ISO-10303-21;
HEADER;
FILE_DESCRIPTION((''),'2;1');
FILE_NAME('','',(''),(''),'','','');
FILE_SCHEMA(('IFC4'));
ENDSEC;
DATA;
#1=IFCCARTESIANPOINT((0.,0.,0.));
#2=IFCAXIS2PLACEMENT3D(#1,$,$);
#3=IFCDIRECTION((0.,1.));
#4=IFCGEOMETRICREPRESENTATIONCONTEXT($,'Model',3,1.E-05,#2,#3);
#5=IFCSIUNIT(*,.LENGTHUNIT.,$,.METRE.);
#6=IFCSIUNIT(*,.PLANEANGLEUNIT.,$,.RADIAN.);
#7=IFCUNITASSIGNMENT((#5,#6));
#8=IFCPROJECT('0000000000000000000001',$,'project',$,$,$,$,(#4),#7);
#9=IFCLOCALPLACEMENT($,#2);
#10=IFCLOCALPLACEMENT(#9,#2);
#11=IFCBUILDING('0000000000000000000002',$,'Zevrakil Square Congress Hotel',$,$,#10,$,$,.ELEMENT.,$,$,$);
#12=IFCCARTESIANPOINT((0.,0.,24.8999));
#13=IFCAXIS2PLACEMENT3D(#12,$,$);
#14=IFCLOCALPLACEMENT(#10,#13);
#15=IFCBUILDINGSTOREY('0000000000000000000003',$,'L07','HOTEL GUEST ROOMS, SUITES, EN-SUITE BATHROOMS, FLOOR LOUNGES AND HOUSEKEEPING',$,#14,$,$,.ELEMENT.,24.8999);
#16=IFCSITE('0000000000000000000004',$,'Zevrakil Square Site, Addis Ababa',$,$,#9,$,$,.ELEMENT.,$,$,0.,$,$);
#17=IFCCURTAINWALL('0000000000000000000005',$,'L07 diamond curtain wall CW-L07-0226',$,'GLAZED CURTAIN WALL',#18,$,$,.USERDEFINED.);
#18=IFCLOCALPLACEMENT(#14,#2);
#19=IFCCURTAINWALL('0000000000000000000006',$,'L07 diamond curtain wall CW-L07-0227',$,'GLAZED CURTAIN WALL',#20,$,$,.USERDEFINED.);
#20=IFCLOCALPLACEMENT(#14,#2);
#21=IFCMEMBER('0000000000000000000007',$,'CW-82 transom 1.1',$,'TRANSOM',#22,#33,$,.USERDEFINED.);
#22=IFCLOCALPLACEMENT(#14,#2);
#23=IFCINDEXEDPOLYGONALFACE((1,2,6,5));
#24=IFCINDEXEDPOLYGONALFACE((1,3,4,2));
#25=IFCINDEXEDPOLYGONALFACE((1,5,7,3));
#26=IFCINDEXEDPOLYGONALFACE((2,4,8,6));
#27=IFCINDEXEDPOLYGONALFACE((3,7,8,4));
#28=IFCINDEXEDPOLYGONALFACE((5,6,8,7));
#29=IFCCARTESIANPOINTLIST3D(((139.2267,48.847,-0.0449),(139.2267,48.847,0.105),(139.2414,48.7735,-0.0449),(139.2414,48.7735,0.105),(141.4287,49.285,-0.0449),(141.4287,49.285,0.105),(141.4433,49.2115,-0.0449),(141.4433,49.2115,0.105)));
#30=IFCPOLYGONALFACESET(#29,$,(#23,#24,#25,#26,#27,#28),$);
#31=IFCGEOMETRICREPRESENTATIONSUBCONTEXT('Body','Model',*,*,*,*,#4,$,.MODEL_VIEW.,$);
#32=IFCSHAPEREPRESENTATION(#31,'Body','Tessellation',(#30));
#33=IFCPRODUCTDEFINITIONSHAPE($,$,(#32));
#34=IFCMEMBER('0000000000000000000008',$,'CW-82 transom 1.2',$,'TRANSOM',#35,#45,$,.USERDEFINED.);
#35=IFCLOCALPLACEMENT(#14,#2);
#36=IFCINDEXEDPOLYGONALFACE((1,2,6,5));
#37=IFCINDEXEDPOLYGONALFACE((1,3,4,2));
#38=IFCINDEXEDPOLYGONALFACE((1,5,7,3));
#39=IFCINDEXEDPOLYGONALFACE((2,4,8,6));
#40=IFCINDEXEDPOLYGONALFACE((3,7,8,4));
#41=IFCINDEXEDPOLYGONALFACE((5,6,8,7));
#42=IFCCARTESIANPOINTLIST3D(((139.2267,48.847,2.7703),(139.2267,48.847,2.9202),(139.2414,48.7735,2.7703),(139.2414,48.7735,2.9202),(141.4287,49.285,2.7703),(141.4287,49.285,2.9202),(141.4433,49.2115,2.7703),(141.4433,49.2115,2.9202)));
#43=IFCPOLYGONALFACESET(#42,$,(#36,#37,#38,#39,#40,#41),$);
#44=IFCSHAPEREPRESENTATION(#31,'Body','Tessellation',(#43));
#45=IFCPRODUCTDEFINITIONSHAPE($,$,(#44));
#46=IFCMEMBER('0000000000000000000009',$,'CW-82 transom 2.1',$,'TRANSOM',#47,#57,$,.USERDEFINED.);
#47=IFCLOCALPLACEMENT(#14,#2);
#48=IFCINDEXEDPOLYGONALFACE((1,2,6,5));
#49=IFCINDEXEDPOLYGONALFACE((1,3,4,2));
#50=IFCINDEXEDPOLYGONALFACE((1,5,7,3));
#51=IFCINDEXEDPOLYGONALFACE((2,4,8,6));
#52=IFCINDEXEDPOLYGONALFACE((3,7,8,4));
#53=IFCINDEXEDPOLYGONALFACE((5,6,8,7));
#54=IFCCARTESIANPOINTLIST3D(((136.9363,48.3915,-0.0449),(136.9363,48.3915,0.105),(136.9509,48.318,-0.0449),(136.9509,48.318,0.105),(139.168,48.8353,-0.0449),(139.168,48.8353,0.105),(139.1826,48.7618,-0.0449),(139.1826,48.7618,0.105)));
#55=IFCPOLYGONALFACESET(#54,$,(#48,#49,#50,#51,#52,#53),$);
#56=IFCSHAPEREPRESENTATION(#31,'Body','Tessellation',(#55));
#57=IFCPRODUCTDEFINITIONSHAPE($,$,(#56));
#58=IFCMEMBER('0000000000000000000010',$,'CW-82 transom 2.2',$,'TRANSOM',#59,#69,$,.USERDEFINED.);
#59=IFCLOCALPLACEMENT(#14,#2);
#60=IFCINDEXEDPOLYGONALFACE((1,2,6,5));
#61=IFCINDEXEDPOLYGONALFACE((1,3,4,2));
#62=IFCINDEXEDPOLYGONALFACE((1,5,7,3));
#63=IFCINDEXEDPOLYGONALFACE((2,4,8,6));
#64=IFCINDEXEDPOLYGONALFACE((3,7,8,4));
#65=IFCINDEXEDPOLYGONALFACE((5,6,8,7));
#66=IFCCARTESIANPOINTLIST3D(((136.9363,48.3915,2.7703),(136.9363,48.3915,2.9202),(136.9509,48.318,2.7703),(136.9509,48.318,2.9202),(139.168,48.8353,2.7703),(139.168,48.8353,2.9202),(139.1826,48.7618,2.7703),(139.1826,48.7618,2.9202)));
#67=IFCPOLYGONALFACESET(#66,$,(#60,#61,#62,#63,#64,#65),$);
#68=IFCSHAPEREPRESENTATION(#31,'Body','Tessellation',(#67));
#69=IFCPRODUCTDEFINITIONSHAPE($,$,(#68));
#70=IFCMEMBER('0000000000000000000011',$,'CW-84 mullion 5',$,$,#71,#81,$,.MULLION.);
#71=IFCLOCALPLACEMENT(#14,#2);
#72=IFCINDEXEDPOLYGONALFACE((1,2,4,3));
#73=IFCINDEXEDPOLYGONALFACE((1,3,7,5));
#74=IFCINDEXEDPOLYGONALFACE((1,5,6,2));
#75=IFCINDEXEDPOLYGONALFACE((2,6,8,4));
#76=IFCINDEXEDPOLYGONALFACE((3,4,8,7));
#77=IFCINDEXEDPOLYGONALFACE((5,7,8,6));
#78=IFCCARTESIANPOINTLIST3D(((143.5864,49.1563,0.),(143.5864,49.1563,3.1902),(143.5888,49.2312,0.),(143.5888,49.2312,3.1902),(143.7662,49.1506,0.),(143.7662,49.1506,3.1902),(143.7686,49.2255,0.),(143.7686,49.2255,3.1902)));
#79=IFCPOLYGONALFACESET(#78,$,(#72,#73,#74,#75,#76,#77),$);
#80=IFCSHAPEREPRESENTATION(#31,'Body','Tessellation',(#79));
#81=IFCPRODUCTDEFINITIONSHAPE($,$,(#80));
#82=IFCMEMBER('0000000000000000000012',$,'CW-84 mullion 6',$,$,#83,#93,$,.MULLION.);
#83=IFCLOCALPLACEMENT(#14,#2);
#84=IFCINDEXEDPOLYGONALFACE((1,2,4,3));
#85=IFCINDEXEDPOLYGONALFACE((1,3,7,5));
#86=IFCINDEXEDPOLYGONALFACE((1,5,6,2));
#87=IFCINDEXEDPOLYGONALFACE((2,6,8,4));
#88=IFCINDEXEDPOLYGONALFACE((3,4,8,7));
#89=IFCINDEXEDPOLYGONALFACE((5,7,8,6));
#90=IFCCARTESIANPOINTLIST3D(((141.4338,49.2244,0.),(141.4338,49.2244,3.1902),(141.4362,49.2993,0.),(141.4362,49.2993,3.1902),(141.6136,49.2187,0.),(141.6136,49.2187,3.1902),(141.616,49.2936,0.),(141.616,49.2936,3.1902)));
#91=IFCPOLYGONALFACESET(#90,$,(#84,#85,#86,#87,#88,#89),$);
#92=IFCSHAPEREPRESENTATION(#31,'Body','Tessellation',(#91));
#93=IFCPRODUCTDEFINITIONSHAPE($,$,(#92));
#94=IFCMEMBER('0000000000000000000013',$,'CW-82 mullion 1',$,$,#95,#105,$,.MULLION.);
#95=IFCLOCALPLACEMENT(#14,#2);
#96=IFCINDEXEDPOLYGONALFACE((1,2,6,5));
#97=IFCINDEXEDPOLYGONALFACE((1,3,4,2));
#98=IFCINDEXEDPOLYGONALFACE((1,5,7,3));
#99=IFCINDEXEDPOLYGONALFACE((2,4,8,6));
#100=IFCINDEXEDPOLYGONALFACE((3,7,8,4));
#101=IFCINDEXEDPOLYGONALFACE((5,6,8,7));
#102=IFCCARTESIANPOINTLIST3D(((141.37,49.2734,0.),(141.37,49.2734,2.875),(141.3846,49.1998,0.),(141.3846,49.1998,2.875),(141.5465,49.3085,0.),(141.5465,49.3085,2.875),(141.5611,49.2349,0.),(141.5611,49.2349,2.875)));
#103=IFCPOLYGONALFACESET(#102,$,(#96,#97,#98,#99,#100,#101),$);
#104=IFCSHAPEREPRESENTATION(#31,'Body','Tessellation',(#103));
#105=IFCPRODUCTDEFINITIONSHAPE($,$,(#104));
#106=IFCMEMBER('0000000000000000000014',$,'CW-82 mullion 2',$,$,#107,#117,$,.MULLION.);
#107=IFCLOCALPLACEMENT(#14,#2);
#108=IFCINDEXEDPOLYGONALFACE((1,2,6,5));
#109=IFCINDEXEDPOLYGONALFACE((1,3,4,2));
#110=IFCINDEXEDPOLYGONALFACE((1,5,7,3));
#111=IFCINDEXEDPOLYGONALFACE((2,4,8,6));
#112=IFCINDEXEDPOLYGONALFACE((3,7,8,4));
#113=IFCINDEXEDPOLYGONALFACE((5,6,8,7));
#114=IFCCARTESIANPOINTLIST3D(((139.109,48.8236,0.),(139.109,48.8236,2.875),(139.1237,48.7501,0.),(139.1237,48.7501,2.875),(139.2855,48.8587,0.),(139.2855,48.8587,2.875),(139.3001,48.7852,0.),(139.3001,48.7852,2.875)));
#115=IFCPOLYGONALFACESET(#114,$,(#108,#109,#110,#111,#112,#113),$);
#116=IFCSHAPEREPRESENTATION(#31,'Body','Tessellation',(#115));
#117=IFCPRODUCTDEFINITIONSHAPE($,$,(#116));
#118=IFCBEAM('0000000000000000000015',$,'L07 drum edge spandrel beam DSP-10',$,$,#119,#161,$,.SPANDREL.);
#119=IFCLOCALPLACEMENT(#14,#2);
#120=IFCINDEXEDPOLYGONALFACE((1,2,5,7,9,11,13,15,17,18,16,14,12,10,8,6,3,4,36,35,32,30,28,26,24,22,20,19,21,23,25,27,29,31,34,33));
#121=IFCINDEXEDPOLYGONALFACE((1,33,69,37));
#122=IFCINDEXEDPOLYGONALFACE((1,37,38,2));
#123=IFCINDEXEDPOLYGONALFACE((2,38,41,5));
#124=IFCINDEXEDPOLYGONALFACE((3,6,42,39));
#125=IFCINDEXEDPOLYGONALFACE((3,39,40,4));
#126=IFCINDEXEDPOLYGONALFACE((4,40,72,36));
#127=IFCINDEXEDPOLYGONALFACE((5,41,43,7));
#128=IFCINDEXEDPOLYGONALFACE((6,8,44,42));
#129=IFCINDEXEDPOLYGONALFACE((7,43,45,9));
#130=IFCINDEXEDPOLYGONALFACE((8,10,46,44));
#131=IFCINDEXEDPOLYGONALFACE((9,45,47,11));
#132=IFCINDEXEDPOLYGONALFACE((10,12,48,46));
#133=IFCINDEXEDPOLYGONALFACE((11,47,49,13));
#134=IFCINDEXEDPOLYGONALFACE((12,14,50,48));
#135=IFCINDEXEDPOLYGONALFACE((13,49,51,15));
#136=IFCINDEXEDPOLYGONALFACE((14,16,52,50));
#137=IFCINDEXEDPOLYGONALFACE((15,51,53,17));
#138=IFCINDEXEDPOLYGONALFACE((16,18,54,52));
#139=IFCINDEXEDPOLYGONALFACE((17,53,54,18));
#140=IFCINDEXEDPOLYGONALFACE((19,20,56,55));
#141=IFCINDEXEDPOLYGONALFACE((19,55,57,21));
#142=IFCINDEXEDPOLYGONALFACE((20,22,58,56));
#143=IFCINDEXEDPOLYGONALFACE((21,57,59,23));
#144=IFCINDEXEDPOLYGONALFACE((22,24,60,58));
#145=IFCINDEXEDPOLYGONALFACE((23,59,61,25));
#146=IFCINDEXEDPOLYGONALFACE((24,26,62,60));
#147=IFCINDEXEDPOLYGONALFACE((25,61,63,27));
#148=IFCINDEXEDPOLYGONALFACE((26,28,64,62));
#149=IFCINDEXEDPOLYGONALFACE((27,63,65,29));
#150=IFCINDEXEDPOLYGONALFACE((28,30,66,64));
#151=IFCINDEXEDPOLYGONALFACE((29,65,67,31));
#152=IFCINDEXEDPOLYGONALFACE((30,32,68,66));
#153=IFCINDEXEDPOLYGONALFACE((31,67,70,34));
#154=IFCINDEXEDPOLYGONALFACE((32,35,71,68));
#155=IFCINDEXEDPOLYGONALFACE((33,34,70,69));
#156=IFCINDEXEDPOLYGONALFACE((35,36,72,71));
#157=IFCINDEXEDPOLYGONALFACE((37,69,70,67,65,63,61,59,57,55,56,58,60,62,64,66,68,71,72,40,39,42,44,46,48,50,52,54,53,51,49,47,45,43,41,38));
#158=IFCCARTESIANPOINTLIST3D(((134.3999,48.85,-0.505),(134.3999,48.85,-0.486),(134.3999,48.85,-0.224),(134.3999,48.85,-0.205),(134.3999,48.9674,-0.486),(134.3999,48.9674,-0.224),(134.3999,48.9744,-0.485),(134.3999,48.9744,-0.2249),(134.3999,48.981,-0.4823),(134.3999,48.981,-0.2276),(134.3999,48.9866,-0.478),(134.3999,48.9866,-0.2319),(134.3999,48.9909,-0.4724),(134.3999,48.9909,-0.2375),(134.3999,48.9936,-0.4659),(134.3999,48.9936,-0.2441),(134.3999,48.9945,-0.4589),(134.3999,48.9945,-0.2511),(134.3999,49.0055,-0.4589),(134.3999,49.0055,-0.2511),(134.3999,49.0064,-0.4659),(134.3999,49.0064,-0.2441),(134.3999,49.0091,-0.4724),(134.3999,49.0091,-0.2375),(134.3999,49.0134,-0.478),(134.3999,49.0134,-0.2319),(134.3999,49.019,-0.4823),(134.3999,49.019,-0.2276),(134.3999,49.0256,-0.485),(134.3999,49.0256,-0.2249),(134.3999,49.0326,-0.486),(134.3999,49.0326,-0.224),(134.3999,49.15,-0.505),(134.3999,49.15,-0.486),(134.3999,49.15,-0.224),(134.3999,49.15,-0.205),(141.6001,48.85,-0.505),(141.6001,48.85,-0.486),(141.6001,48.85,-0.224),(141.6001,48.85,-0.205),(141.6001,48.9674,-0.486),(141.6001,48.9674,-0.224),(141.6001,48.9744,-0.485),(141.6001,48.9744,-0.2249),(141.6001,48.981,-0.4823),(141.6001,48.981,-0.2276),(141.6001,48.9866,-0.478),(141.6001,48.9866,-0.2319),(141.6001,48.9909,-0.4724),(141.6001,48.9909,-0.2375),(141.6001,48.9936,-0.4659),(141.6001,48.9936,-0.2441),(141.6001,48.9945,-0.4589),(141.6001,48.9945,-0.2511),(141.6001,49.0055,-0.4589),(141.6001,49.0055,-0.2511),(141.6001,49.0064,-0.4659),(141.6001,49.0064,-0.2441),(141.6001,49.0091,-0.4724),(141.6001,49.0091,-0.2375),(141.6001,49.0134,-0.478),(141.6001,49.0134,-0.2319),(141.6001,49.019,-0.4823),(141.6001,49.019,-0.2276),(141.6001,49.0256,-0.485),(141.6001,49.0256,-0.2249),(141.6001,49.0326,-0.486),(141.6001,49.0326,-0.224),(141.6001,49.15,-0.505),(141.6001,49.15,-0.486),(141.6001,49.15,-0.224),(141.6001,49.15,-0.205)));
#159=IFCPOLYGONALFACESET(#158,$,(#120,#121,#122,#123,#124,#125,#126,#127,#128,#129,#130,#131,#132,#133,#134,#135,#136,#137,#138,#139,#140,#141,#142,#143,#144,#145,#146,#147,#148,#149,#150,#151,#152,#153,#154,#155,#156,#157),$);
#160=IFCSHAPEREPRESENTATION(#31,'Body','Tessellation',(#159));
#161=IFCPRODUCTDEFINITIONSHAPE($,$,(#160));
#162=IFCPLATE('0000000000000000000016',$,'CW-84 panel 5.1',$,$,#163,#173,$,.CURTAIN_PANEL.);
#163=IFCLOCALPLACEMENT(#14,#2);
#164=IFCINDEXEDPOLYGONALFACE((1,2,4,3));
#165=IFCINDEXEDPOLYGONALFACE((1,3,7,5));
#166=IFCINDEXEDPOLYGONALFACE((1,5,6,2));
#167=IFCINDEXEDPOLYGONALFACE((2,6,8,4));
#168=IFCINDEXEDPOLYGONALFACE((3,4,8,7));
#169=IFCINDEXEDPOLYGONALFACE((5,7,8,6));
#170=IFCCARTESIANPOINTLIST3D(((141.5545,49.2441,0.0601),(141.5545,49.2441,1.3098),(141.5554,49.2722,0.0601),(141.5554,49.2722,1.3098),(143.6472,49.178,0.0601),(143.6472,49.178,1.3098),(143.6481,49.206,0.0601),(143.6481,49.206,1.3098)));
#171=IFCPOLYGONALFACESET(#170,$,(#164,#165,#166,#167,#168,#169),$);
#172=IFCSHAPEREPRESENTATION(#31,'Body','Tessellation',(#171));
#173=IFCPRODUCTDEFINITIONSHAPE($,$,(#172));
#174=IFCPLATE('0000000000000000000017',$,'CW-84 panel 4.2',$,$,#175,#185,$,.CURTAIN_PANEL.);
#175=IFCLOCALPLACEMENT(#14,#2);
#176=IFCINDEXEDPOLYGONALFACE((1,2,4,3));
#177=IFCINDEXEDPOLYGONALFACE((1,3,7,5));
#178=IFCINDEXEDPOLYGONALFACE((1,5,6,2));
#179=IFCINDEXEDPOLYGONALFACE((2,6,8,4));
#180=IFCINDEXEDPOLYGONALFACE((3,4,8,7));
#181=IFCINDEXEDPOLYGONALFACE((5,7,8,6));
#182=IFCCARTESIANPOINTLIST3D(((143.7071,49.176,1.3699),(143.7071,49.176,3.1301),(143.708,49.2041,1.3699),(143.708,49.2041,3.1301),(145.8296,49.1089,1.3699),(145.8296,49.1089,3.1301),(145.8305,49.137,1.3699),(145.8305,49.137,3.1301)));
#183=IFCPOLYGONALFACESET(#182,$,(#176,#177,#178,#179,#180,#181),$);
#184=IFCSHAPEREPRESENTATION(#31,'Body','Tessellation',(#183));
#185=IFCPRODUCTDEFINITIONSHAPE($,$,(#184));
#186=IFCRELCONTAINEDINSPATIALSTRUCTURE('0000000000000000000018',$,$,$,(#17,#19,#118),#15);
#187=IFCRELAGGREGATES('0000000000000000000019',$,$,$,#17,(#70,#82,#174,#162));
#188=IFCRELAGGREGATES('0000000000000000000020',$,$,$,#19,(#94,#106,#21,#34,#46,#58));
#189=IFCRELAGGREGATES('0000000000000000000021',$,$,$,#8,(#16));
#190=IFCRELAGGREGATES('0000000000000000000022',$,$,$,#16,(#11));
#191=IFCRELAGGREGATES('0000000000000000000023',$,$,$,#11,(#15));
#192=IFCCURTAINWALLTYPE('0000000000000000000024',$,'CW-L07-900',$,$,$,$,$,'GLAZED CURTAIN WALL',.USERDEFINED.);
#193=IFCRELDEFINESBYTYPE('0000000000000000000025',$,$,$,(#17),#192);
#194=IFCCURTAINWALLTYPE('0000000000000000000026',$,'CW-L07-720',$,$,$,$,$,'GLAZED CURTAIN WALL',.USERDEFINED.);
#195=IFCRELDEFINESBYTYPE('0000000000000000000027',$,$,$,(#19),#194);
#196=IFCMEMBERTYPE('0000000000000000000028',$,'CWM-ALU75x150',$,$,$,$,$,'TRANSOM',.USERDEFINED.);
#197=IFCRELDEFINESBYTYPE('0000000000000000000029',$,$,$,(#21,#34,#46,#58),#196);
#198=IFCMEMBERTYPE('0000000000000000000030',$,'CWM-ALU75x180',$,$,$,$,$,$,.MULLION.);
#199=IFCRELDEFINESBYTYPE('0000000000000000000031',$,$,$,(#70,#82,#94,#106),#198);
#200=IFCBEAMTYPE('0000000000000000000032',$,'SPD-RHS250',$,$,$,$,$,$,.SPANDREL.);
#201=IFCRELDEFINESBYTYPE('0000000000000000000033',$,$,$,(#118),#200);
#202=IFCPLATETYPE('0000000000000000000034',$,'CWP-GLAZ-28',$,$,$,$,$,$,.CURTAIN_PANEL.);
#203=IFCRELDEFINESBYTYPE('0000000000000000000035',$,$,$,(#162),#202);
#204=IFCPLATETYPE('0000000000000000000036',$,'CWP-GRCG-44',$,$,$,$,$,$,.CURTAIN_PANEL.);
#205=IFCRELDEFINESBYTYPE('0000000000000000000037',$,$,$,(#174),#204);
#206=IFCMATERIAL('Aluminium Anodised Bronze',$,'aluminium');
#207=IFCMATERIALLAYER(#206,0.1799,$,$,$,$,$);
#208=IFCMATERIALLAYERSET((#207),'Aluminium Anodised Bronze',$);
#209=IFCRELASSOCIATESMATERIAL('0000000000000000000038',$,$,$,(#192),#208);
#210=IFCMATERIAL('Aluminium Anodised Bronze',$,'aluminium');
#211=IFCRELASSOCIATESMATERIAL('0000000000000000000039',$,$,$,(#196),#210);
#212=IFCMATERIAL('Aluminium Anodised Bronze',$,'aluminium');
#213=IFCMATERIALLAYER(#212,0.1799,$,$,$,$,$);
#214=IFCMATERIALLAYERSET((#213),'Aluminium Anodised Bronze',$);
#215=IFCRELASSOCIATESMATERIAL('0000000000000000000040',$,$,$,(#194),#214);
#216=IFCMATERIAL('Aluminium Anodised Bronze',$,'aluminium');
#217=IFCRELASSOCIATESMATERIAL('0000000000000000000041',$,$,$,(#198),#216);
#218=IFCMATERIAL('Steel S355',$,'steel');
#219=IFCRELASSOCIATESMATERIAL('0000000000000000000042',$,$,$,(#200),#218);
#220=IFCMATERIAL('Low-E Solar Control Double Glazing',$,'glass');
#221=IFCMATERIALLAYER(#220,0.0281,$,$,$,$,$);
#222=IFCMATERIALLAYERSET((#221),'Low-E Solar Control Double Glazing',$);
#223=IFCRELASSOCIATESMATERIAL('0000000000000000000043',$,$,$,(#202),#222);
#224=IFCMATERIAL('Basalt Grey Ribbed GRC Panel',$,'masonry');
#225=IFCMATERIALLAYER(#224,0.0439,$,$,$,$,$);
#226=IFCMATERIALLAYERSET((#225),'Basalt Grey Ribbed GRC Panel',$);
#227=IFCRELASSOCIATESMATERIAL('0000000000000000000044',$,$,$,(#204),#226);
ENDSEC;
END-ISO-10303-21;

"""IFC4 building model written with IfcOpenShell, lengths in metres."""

from ifc_helpers import new_model, si_unit, direction, frame, origin, origin_2d, place, context, subcontext, project, spatial, rectangle, i_section, extrude, material, layer, layer_set, material_profile, profile_set, type_object, element, aggregate, save


model = new_model("IFC4")

# Units and contexts
model_context = context("Model", 3, precision=1e-05, world=origin(), true_north=direction((0.0, 1.0)))
body_context = subcontext(model_context, "Body", "Model", "MODEL_VIEW")
ifc_project = project(units=[si_unit("LENGTHUNIT", "METRE"), si_unit("PLANEANGLEUNIT", "RADIAN")], contexts=[model_context])

# Site, building, storey
site_placement = place(None, origin())
site = spatial("IfcSite", under=ifc_project, at=site_placement, Name="Zevrakil Square Site, Addis Ababa", CompositionType="ELEMENT", RefElevation=0.0)
building_placement = place(site_placement, origin())
building = spatial("IfcBuilding", under=site, at=building_placement, Name="Zevrakil Square Congress Hotel", CompositionType="ELEMENT")
storey_placement = place(building_placement, frame((0.0, 0.0, 24.8999)))
storey = spatial("IfcBuildingStorey", under=building, at=storey_placement, Name="L07", Description="HOTEL GUEST ROOMS, SUITES, EN-SUITE BATHROOMS, FLOOR LOUNGES AND HOUSEKEEPING", CompositionType="ELEMENT", Elevation=24.8999)

# Curtain walls, members
ifc_material_1 = material(Name="Aluminium Anodised Bronze", Category="aluminium")
ifc_layer_1 = layer(ifc_material_1, 0.1799)
ifc_layer_set_1 = layer_set([ifc_layer_1], Name="Aluminium Anodised Bronze")
curtain_wall_type_1 = type_object("IfcCurtainWallType", Name="CW-L07-900", ElementType="GLAZED CURTAIN WALL", PredefinedType="USERDEFINED", material=ifc_layer_set_1)
curtain_wall_1_placement = place(storey_placement, origin())
curtain_wall_1 = element("IfcCurtainWall", 1, at=curtain_wall_1_placement, inside=storey, type_object=curtain_wall_type_1, Name="L07 diamond curtain wall CW-L07-0226", ObjectType="GLAZED CURTAIN WALL", PredefinedType="USERDEFINED")
ifc_material_2 = material(Name="Aluminium Anodised Bronze", Category="aluminium")
ifc_material_profile_1 = material_profile(ifc_material_2, rectangle(XDim=0.075, YDim=0.1499, at=origin_2d()), Name="ALU 75x150")
ifc_profile_set_1 = profile_set([ifc_material_profile_1], Name="Aluminium Anodised Bronze")
member_type_1 = type_object("IfcMemberType", Name="CWM-ALU75x150", ElementType="TRANSOM", PredefinedType="USERDEFINED", material=ifc_profile_set_1)
ifc_material_3 = material(Name="Aluminium Anodised Bronze", Category="aluminium")
ifc_layer_2 = layer(ifc_material_3, 0.1799)
ifc_layer_set_2 = layer_set([ifc_layer_2], Name="Aluminium Anodised Bronze")
curtain_wall_type_2 = type_object("IfcCurtainWallType", Name="CW-L07-720", ElementType="GLAZED CURTAIN WALL", PredefinedType="USERDEFINED", material=ifc_layer_set_2)
curtain_wall_2_placement = place(storey_placement, origin())
curtain_wall_2 = element("IfcCurtainWall", 2, at=curtain_wall_2_placement, inside=storey, type_object=curtain_wall_type_2, Name="L07 diamond curtain wall CW-L07-0227", ObjectType="GLAZED CURTAIN WALL", PredefinedType="USERDEFINED")
member_1_placement = place(storey_placement, frame((141.436, 49.2483, 0.03), z_axis=(-0.980785, -0.195091, 0.0), x_axis=(0.195091, -0.980785, 0.0)))
member_1 = element("IfcMember", 3, at=member_1_placement, type_object=member_type_1, Name="CW-82 transom 1.1", ObjectType="TRANSOM", PredefinedType="USERDEFINED", context=body_context, shape_type="SweptSolid", body=[
    extrude(rectangle(XDim=0.075, YDim=0.1499, at=origin_2d()), origin(), (0.0, 0.0, 1.0), 2.2451),
])
member_2_placement = place(storey_placement, frame((141.436, 49.2483, 2.8452), z_axis=(-0.980785, -0.195091, 0.0), x_axis=(0.195091, -0.980785, 0.0)))
member_2 = element("IfcMember", 4, at=member_2_placement, type_object=member_type_1, Name="CW-82 transom 1.2", ObjectType="TRANSOM", PredefinedType="USERDEFINED", context=body_context, shape_type="SweptSolid", body=[
    extrude(rectangle(XDim=0.075, YDim=0.1499, at=origin_2d()), origin(), (0.0, 0.0, 1.0), 2.2451),
])
member_3_placement = place(storey_placement, frame((139.1753, 48.7986, 0.03), z_axis=(-0.980791, -0.195064, 0.0), x_axis=(0.195064, -0.980791, 0.0)))
member_3 = element("IfcMember", 5, at=member_3_placement, type_object=member_type_1, Name="CW-82 transom 2.1", ObjectType="TRANSOM", PredefinedType="USERDEFINED", context=body_context, shape_type="SweptSolid", body=[
    extrude(rectangle(XDim=0.075, YDim=0.1499, at=origin_2d()), origin(), (0.0, 0.0, 1.0), 2.2754),
])
member_4_placement = place(storey_placement, frame((139.1753, 48.7986, 2.8452), z_axis=(-0.980791, -0.195064, 0.0), x_axis=(0.195064, -0.980791, 0.0)))
member_4 = element("IfcMember", 6, at=member_4_placement, type_object=member_type_1, Name="CW-82 transom 2.2", ObjectType="TRANSOM", PredefinedType="USERDEFINED", context=body_context, shape_type="SweptSolid", body=[
    extrude(rectangle(XDim=0.075, YDim=0.1499, at=origin_2d()), origin(), (0.0, 0.0, 1.0), 2.2754),
])

# Members
ifc_material_4 = material(Name="Aluminium Anodised Bronze", Category="aluminium")
ifc_material_profile_2 = material_profile(ifc_material_4, rectangle(XDim=0.075, YDim=0.1799, at=origin_2d()), Name="ALU 75x180")
ifc_profile_set_2 = profile_set([ifc_material_profile_2], Name="Aluminium Anodised Bronze")
member_type_2 = type_object("IfcMemberType", Name="CWM-ALU75x180", PredefinedType="MULLION", material=ifc_profile_set_2)
member_5_placement = place(storey_placement, frame((143.6775, 49.1909, 0.0), z_axis=(0.0, 0.0, 1.0), x_axis=(-0.031598, -0.999501, 0.0)))
member_5 = element("IfcMember", 7, at=member_5_placement, type_object=member_type_2, Name="CW-84 mullion 5", PredefinedType="MULLION", context=body_context, shape_type="SweptSolid", body=[
    extrude(rectangle(XDim=0.075, YDim=0.1799, at=origin_2d()), origin(), (0.0, 0.0, 1.0), 3.1902),
])
member_6_placement = place(storey_placement, frame((141.5249, 49.259, 0.0), z_axis=(0.0, 0.0, 1.0), x_axis=(-0.031598, -0.999501, 0.0)))
member_6 = element("IfcMember", 8, at=member_6_placement, type_object=member_type_2, Name="CW-84 mullion 6", PredefinedType="MULLION", context=body_context, shape_type="SweptSolid", body=[
    extrude(rectangle(XDim=0.075, YDim=0.1799, at=origin_2d()), origin(), (0.0, 0.0, 1.0), 3.1902),
])
member_7_placement = place(storey_placement, frame((141.4656, 49.2542, 0.0), z_axis=(0.0, 0.0, 1.0), x_axis=(0.195084, -0.980787, 0.0)))
member_7 = element("IfcMember", 9, at=member_7_placement, type_object=member_type_2, Name="CW-82 mullion 1", PredefinedType="MULLION", context=body_context, shape_type="SweptSolid", body=[
    extrude(rectangle(XDim=0.075, YDim=0.1799, at=origin_2d()), origin(), (0.0, 0.0, 1.0), 2.875),
])
member_8_placement = place(storey_placement, frame((139.2046, 48.8044, 0.0), z_axis=(0.0, 0.0, 1.0), x_axis=(0.195084, -0.980787, 0.0)))
member_8 = element("IfcMember", 10, at=member_8_placement, type_object=member_type_2, Name="CW-82 mullion 2", PredefinedType="MULLION", context=body_context, shape_type="SweptSolid", body=[
    extrude(rectangle(XDim=0.075, YDim=0.1799, at=origin_2d()), origin(), (0.0, 0.0, 1.0), 2.875),
])

# Beam
ifc_material_5 = material(Name="Steel S355", Category="steel")
ifc_material_profile_3 = material_profile(ifc_material_5, i_section(OverallWidth=0.3, OverallDepth=0.3, WebThickness=0.011, FlangeThickness=0.019, FilletRadius=0.0271, at=origin_2d()), Name="HEB 300")
ifc_profile_set_3 = profile_set([ifc_material_profile_3], Name="Steel S355")
beam_type_1 = type_object("IfcBeamType", Name="SPD-RHS250", PredefinedType="SPANDREL", material=ifc_profile_set_3)
beam_1_placement = place(storey_placement, frame((141.6001, 49.0, -0.355), z_axis=(-1.0, 0.0, 0.0), x_axis=(0.0, -1.0, 0.0)))
element("IfcBeam", 11, at=beam_1_placement, inside=storey, type_object=beam_type_1, Name="L07 drum edge spandrel beam DSP-10", PredefinedType="SPANDREL", context=body_context, shape_type="SweptSolid", body=[
    extrude(i_section(OverallWidth=0.3, OverallDepth=0.3, WebThickness=0.011, FlangeThickness=0.019, FilletRadius=0.0271, at=origin_2d()), origin(), (0.0, 0.0, 1.0), 7.2002),
])

# Plates
ifc_material_6 = material(Name="Low-E Solar Control Double Glazing", Category="glass")
ifc_layer_3 = layer(ifc_material_6, 0.0281)
ifc_layer_set_3 = layer_set([ifc_layer_3], Name="Low-E Solar Control Double Glazing")
plate_type_1 = type_object("IfcPlateType", Name="CWP-GLAZ-28", PredefinedType="CURTAIN_PANEL", material=ifc_layer_set_3)
plate_1_placement = place(storey_placement, frame((142.6013, 49.2251, 0.0601), z_axis=(0.0, 0.0, 1.0), x_axis=(-0.999501, 0.031598, 0.0)))
plate_1 = element("IfcPlate", 12, at=plate_1_placement, type_object=plate_type_1, Name="CW-84 panel 5.1", PredefinedType="CURTAIN_PANEL", context=body_context, shape_type="SweptSolid", body=[
    extrude(rectangle(XDim=2.0938, YDim=0.0281, at=origin_2d()), origin(), (0.0, 0.0, 1.0), 1.2498),
])
ifc_material_7 = material(Name="Basalt Grey Ribbed GRC Panel", Category="masonry")
ifc_layer_4 = layer(ifc_material_7, 0.0439)
ifc_layer_set_4 = layer_set([ifc_layer_4], Name="Basalt Grey Ribbed GRC Panel")
plate_type_2 = type_object("IfcPlateType", Name="CWP-GRCG-44", PredefinedType="CURTAIN_PANEL", material=ifc_layer_set_4)
plate_2_placement = place(storey_placement, frame((144.7688, 49.1565, 1.3699), z_axis=(0.0, 0.0, 1.0), x_axis=(-0.999501, 0.031598, 0.0)))
plate_2 = element("IfcPlate", 13, at=plate_2_placement, type_object=plate_type_2, Name="CW-84 panel 4.2", PredefinedType="CURTAIN_PANEL", context=body_context, shape_type="SweptSolid", body=[
    extrude(rectangle(XDim=2.1235, YDim=0.0281, at=origin_2d()), origin(), (0.0, 0.0, 1.0), 1.7603),
])
aggregate(curtain_wall_1, [member_5, member_6, plate_2, plate_1])
aggregate(curtain_wall_2, [member_7, member_8, member_1, member_2, member_3, member_4])

save(model, "model.ifc")
